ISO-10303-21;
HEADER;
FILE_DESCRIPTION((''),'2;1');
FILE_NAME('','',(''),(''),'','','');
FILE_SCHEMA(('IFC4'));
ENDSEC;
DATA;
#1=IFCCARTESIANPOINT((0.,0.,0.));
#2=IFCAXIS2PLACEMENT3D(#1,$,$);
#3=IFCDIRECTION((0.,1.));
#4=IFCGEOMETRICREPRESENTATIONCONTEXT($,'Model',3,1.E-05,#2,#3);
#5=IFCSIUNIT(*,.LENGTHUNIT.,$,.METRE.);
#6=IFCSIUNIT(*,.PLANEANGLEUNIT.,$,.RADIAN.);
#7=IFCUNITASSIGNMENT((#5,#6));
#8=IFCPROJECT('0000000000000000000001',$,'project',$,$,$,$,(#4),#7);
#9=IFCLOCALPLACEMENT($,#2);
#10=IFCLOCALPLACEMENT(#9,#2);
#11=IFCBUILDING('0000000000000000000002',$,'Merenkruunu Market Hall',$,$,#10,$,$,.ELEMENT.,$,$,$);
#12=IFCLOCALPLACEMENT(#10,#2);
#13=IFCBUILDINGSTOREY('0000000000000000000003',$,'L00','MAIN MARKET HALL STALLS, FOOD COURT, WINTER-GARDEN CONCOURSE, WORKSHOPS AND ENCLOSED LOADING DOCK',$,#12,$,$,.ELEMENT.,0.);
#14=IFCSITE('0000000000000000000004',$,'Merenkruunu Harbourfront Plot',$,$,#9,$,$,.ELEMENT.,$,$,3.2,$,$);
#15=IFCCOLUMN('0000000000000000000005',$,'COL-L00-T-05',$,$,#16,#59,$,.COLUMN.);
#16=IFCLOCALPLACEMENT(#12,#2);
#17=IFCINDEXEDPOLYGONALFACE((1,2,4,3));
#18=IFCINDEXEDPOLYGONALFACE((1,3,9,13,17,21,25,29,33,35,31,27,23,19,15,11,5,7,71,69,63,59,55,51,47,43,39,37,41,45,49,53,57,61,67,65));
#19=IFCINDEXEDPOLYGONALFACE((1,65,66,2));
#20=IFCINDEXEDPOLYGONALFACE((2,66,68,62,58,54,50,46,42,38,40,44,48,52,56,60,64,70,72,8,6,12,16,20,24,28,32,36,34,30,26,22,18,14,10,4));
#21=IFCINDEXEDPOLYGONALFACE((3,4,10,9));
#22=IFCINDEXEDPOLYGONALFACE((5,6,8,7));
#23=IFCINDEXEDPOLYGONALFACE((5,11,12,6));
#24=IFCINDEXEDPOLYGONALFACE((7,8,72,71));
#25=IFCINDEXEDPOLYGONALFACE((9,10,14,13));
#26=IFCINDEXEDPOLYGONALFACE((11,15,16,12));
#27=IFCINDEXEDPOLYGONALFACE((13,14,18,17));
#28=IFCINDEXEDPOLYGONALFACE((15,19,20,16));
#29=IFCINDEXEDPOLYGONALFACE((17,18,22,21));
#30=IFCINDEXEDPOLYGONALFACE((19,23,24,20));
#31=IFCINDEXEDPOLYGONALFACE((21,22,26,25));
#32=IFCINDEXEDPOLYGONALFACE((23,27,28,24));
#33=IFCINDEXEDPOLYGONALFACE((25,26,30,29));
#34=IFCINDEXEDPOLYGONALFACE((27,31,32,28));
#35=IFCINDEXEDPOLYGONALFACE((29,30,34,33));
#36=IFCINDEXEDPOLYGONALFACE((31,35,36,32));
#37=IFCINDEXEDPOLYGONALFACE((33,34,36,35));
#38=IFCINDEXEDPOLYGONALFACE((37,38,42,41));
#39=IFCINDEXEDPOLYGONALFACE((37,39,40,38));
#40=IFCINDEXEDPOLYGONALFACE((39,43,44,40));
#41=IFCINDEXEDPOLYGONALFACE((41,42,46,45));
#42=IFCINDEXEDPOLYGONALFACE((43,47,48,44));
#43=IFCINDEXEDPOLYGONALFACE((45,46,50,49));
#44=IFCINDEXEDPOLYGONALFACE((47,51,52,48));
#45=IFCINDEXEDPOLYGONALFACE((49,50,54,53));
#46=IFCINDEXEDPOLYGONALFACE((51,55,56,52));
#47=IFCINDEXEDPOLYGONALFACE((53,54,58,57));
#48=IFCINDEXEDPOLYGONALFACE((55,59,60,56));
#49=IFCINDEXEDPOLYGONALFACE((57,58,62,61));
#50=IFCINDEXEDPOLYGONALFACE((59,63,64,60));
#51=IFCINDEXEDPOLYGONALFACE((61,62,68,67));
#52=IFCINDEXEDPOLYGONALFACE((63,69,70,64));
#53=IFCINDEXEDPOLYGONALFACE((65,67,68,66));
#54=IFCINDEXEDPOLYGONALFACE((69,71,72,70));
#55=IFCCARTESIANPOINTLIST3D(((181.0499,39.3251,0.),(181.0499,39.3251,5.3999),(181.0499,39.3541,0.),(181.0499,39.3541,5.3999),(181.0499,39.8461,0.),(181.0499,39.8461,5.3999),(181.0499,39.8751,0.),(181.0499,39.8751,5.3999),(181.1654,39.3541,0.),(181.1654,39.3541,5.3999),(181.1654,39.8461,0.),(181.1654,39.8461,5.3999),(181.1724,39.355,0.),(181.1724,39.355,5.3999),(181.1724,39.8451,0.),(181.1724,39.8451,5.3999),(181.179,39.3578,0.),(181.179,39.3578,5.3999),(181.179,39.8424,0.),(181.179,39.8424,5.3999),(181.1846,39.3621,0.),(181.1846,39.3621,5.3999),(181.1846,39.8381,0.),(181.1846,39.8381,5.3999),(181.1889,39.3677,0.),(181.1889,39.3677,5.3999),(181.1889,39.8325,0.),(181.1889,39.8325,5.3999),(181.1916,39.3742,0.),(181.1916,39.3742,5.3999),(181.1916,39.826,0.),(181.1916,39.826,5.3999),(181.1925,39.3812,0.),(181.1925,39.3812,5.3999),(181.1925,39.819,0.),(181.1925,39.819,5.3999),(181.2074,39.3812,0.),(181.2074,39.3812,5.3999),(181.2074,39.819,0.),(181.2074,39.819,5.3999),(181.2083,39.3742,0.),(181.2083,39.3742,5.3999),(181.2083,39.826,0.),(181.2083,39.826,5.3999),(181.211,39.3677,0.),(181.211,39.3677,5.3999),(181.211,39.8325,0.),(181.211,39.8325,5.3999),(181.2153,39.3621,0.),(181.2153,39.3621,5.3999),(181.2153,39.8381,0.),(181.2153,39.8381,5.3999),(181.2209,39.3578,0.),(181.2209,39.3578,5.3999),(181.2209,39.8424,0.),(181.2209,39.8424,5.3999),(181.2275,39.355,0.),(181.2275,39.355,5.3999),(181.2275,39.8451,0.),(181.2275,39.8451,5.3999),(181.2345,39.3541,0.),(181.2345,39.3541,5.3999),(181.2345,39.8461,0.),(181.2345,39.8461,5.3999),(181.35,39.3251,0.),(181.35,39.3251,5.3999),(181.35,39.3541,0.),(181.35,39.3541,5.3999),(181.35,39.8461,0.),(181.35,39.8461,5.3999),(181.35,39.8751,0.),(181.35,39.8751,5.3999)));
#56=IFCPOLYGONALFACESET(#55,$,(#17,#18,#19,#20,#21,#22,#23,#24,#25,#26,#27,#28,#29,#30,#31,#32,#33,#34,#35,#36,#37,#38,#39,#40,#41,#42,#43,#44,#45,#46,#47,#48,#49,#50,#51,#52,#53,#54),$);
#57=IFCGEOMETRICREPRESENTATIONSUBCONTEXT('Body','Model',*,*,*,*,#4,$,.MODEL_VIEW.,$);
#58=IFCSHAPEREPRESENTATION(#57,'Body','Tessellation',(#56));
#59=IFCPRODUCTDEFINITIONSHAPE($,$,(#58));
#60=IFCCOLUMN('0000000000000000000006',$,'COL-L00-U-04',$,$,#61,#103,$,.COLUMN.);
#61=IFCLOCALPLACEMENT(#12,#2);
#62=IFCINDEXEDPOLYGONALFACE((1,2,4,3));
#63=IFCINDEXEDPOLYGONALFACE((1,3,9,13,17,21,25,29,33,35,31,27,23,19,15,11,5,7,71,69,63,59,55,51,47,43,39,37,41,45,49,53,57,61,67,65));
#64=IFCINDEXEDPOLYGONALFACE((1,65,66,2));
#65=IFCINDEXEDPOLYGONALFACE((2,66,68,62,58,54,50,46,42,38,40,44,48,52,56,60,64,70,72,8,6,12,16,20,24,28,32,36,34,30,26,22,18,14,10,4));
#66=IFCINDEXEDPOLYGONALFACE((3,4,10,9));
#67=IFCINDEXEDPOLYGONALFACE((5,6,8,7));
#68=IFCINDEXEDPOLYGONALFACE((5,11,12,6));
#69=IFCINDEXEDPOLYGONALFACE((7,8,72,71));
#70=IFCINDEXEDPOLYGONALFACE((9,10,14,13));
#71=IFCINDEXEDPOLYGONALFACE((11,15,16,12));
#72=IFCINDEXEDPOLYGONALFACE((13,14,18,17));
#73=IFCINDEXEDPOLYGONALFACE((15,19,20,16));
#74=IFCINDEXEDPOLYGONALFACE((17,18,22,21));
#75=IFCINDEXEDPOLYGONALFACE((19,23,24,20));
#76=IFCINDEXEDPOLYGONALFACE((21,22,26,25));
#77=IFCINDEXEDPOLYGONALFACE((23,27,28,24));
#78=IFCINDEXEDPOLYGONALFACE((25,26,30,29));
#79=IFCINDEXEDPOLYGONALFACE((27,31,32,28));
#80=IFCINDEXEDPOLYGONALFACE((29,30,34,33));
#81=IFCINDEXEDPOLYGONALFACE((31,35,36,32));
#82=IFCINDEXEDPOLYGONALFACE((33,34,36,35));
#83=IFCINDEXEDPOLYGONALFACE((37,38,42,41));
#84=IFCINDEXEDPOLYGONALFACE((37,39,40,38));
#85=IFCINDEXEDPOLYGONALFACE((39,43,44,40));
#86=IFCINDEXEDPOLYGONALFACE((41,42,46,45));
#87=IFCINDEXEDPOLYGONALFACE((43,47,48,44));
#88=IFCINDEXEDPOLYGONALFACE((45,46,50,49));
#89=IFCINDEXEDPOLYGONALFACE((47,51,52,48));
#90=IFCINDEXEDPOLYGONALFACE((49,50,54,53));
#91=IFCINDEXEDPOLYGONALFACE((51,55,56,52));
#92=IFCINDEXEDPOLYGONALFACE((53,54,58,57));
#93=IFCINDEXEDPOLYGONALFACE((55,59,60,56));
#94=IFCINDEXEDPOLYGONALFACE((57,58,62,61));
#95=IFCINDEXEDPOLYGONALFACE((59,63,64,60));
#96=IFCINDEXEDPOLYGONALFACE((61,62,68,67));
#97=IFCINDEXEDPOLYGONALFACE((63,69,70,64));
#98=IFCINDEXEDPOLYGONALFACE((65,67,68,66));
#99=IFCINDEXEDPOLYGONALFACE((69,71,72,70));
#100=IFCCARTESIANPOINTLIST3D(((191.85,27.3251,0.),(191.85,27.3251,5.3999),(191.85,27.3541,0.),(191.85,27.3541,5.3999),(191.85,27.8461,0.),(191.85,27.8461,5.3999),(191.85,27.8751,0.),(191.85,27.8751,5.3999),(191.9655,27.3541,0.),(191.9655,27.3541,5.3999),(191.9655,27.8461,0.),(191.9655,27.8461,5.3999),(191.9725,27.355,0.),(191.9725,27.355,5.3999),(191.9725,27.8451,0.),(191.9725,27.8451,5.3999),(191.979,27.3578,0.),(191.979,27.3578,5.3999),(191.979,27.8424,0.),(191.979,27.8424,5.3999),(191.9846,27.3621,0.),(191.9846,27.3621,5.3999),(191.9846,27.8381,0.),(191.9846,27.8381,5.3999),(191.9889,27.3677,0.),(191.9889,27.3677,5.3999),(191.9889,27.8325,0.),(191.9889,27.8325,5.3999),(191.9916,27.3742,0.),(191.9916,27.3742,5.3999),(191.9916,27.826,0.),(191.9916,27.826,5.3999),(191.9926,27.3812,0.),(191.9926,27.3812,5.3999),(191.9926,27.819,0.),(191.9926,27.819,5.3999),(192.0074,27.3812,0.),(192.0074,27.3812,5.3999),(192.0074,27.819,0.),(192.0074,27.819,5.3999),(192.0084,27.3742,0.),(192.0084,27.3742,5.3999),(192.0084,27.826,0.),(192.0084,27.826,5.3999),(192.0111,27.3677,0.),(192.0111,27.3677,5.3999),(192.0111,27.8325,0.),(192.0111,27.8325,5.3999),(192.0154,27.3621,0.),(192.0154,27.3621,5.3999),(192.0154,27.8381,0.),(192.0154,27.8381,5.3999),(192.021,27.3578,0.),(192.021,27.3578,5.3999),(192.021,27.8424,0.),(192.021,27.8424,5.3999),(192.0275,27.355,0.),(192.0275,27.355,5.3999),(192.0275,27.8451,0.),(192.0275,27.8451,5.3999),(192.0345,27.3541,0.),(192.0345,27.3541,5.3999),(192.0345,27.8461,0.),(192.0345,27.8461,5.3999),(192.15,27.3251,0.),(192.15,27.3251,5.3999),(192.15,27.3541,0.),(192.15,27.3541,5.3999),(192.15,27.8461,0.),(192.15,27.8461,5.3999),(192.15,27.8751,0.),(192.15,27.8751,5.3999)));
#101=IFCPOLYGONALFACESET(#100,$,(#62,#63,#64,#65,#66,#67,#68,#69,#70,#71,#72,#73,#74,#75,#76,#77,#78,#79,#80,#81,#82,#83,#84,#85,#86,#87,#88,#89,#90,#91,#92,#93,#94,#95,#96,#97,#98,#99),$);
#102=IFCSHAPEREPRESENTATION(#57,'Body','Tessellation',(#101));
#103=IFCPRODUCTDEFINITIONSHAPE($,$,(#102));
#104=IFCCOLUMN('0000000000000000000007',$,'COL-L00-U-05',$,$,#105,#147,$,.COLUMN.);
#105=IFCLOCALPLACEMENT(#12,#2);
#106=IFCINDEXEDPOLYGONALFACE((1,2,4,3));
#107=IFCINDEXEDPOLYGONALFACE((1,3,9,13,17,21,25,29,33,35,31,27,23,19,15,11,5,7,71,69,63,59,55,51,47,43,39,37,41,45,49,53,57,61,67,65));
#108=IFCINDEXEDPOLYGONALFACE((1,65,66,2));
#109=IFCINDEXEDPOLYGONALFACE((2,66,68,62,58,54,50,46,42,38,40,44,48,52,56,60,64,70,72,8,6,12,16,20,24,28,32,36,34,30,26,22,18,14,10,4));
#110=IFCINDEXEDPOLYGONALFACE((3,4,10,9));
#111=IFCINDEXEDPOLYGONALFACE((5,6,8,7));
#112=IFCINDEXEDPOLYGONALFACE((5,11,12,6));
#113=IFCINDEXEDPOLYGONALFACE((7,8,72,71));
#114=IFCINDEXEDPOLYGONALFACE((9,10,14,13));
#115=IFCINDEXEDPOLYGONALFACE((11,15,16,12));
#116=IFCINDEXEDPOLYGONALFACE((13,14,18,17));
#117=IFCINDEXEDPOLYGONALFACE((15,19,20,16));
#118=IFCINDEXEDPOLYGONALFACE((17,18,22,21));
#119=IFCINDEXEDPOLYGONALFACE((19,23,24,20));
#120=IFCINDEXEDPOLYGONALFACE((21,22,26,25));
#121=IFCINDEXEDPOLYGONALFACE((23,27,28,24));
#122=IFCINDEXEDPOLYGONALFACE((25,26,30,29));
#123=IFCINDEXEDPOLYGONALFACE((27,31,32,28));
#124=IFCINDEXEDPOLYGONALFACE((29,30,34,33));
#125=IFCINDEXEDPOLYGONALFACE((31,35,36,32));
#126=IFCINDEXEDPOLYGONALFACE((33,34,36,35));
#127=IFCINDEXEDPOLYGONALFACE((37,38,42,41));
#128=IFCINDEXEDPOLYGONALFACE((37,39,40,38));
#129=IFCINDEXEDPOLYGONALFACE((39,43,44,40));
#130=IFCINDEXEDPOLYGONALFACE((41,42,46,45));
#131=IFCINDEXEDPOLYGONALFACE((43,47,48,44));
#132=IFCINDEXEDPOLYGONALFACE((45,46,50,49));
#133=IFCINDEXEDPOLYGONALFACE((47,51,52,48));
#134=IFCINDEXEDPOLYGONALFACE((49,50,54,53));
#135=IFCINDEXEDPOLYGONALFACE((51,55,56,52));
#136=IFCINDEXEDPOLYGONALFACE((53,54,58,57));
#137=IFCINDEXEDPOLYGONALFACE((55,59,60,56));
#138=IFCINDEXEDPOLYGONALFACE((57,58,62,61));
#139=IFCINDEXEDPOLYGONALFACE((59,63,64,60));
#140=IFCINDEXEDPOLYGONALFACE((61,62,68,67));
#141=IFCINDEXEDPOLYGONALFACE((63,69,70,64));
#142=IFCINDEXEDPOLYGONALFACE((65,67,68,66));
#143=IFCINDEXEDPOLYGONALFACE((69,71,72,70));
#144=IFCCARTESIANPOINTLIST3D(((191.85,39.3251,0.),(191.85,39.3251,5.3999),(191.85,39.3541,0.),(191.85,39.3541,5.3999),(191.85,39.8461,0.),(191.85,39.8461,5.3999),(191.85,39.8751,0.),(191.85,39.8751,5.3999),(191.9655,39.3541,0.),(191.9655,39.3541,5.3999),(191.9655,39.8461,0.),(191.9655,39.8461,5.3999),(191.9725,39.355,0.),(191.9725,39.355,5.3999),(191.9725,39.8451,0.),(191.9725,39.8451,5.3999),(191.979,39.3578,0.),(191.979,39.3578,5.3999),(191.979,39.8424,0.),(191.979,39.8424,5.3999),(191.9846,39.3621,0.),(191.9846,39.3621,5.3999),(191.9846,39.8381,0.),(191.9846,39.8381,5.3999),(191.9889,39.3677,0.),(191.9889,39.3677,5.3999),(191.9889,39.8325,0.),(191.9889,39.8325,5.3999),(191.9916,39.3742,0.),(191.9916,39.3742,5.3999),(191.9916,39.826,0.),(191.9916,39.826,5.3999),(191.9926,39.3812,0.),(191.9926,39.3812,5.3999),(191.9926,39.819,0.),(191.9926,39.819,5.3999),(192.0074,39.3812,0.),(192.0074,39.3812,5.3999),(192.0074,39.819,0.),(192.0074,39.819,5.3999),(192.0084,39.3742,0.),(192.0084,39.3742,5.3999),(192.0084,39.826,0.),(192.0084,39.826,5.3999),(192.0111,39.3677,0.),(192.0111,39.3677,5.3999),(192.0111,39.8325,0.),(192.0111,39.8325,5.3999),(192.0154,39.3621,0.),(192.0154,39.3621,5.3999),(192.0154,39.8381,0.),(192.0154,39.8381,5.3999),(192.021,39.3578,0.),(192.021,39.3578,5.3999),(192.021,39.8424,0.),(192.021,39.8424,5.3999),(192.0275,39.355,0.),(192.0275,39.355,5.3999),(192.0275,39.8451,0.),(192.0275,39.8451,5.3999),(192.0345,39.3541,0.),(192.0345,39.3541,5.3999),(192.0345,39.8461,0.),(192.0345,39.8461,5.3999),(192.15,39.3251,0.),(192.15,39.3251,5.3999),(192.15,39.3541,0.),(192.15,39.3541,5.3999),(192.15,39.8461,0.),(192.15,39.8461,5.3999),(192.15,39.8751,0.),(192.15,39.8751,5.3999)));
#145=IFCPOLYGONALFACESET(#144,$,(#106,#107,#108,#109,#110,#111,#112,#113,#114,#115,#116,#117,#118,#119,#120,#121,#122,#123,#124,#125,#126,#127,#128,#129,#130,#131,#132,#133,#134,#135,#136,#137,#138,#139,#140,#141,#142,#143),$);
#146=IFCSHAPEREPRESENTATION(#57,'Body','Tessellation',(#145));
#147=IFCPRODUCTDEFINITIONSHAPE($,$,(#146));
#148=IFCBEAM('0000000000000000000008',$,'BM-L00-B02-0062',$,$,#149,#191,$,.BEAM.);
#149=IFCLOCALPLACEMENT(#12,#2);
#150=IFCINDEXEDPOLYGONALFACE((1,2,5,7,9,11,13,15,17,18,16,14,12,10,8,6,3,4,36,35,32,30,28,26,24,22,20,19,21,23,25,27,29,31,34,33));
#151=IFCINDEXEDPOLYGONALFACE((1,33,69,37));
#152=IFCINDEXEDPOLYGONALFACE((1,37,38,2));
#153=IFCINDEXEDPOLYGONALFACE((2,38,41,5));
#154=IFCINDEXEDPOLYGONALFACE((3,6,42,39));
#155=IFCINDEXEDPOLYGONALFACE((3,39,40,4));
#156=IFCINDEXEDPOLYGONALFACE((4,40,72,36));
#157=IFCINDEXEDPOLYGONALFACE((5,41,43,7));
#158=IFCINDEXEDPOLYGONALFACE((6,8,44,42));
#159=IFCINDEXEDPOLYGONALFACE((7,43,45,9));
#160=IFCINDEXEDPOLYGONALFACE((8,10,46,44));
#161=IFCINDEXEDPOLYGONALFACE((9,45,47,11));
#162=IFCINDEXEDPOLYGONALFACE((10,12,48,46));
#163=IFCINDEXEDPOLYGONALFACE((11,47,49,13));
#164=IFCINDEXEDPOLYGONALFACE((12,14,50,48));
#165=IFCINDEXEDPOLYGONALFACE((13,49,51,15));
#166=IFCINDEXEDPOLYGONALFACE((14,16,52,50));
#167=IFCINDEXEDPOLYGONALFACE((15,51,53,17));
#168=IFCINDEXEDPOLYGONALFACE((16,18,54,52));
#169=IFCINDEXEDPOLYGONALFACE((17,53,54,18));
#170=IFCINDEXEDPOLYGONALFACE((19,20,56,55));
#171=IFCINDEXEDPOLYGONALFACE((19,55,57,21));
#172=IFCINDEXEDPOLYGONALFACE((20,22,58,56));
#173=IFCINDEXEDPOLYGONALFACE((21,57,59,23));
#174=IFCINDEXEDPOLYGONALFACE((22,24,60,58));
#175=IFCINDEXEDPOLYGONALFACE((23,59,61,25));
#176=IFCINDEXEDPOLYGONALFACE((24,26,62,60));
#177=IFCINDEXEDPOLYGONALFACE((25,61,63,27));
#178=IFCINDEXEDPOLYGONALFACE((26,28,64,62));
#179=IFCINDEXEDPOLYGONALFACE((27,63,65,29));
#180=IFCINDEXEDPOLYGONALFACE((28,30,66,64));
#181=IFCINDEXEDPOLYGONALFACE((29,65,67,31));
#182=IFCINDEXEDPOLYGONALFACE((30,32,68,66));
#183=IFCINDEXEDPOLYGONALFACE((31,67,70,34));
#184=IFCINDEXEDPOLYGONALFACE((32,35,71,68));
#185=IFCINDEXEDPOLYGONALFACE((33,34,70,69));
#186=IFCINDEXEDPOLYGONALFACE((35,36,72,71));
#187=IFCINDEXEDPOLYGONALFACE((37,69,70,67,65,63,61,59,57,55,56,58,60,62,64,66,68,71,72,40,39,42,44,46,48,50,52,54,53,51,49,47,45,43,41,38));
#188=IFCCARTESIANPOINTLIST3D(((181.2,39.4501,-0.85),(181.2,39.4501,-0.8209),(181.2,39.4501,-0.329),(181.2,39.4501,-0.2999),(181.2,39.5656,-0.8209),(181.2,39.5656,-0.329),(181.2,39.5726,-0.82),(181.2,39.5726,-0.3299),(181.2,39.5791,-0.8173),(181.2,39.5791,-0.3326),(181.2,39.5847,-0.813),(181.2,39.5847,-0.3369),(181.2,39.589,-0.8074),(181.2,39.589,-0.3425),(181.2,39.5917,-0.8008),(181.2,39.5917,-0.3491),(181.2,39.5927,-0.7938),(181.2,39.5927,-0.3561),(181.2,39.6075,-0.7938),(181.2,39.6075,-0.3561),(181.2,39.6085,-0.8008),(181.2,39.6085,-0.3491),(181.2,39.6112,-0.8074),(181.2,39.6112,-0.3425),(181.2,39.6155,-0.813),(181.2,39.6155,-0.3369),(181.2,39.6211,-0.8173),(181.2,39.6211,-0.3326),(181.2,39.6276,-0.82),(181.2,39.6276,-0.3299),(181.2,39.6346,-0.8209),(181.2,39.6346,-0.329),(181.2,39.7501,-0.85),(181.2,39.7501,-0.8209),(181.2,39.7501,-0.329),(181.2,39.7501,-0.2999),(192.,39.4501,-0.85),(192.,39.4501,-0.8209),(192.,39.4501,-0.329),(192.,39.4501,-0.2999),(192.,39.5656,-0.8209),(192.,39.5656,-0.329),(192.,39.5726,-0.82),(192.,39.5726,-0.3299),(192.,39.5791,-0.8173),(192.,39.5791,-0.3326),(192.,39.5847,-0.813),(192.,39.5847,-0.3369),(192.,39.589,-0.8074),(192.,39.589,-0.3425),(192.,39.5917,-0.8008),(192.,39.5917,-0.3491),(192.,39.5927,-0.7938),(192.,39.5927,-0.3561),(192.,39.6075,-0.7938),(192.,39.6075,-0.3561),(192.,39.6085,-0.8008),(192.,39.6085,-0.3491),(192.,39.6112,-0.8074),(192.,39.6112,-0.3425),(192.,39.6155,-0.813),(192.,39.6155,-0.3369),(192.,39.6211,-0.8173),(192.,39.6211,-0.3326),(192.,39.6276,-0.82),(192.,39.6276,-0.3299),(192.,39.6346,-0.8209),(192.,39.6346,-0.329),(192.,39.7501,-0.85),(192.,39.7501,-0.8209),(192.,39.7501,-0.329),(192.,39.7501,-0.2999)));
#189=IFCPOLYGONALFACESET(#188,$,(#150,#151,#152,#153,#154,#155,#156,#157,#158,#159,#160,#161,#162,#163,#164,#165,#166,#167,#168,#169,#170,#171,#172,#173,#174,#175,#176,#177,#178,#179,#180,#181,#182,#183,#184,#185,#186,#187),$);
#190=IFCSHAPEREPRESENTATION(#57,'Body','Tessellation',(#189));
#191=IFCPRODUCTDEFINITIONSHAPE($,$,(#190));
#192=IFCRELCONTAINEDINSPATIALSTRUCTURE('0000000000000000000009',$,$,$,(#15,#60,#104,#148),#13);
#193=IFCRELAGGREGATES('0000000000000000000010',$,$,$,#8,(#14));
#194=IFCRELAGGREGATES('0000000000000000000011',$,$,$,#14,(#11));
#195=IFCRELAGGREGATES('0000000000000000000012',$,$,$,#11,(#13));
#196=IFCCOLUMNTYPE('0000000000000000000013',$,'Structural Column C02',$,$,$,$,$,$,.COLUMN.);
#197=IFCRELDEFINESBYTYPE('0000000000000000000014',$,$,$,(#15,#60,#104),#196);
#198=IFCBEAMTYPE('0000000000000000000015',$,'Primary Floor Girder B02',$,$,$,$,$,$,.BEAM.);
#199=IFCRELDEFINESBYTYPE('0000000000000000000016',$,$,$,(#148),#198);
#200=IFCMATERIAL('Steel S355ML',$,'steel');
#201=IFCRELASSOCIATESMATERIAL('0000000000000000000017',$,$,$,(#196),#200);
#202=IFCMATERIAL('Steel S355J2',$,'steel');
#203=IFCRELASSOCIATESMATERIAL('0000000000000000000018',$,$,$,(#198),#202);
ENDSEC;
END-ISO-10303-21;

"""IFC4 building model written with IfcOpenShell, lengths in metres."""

from ifc_helpers import new_model, si_unit, direction, frame, origin, origin_2d, place, context, subcontext, project, spatial, i_section, extrude, material, material_profile, profile_set, type_object, element, save


model = new_model("IFC4")

# Units and contexts
model_context = context("Model", 3, precision=1e-05, world=origin(), true_north=direction((0.0, 1.0)))
body_context = subcontext(model_context, "Body", "Model", "MODEL_VIEW")
ifc_project = project(units=[si_unit("LENGTHUNIT", "METRE"), si_unit("PLANEANGLEUNIT", "RADIAN")], contexts=[model_context])

# Site, building, storey
site_placement = place(None, origin())
site = spatial("IfcSite", under=ifc_project, at=site_placement, Name="Merenkruunu Harbourfront Plot", CompositionType="ELEMENT", RefElevation=3.2)
building_placement = place(site_placement, origin())
building = spatial("IfcBuilding", under=site, at=building_placement, Name="Merenkruunu Market Hall", CompositionType="ELEMENT")
storey_placement = place(building_placement, origin())
storey = spatial("IfcBuildingStorey", under=building, at=storey_placement, Name="L00", Description="MAIN MARKET HALL STALLS, FOOD COURT, WINTER-GARDEN CONCOURSE, WORKSHOPS AND ENCLOSED LOADING DOCK", CompositionType="ELEMENT", Elevation=0.0)

# Columns
ifc_material_1 = material(Name="Steel S355ML", Category="steel")
ifc_material_profile_1 = material_profile(ifc_material_1, i_section(OverallWidth=0.3, OverallDepth=0.55, WebThickness=0.0149, FlangeThickness=0.0291, FilletRadius=0.0271, at=origin_2d()), Name="HEB 550")
ifc_profile_set_1 = profile_set([ifc_material_profile_1], Name="Steel S355ML")
column_type = type_object("IfcColumnType", Name="Structural Column C02", PredefinedType="COLUMN", material=ifc_profile_set_1)
for number, where, z_axis, x_axis, name in (
    (1, (181.2, 39.6001, 0.0), (0.0, 0.0, 1.0), (1.0, 0.0, 0.0), "COL-L00-T-05"),
    (2, (192.0, 27.6001, 0.0), (0.0, 0.0, 1.0), (1.0, 0.0, 0.0), "COL-L00-U-04"),
    (3, (192.0, 39.6001, 0.0), (0.0, 0.0, 1.0), (1.0, 0.0, 0.0), "COL-L00-U-05"),
):
    element("IfcColumn", number, at=place(storey_placement, frame(where, z_axis=z_axis, x_axis=x_axis)), inside=storey, type_object=column_type, Name=name, PredefinedType="COLUMN", context=body_context, shape_type="SweptSolid", body=[
        extrude(i_section(OverallWidth=0.3, OverallDepth=0.55, WebThickness=0.0149, FlangeThickness=0.0291, FilletRadius=0.0271, at=origin_2d()), origin(), (0.0, 0.0, 1.0), 5.3999),
    ])

# Beam
ifc_material_2 = material(Name="Steel S355J2", Category="steel")
ifc_material_profile_2 = material_profile(ifc_material_2, i_section(OverallWidth=0.3, OverallDepth=0.55, WebThickness=0.0149, FlangeThickness=0.0291, FilletRadius=0.0271, at=origin_2d()), Name="HEB 550")
ifc_profile_set_2 = profile_set([ifc_material_profile_2], Name="Steel S355J2")
beam_type_1 = type_object("IfcBeamType", Name="Primary Floor Girder B02", PredefinedType="BEAM", material=ifc_profile_set_2)
beam_1_placement = place(storey_placement, frame((181.2, 39.6001, -0.575), z_axis=(1.0, 0.0, 0.0), x_axis=(0.0, 1.0, 0.0)))
element("IfcBeam", 4, at=beam_1_placement, inside=storey, type_object=beam_type_1, Name="BM-L00-B02-0062", PredefinedType="BEAM", context=body_context, shape_type="SweptSolid", body=[
    extrude(i_section(OverallWidth=0.3, OverallDepth=0.55, WebThickness=0.0149, FlangeThickness=0.0291, FilletRadius=0.0271, at=origin_2d()), origin(), (0.0, 0.0, 1.0), 10.8),
])

save(model, "model.ifc")
